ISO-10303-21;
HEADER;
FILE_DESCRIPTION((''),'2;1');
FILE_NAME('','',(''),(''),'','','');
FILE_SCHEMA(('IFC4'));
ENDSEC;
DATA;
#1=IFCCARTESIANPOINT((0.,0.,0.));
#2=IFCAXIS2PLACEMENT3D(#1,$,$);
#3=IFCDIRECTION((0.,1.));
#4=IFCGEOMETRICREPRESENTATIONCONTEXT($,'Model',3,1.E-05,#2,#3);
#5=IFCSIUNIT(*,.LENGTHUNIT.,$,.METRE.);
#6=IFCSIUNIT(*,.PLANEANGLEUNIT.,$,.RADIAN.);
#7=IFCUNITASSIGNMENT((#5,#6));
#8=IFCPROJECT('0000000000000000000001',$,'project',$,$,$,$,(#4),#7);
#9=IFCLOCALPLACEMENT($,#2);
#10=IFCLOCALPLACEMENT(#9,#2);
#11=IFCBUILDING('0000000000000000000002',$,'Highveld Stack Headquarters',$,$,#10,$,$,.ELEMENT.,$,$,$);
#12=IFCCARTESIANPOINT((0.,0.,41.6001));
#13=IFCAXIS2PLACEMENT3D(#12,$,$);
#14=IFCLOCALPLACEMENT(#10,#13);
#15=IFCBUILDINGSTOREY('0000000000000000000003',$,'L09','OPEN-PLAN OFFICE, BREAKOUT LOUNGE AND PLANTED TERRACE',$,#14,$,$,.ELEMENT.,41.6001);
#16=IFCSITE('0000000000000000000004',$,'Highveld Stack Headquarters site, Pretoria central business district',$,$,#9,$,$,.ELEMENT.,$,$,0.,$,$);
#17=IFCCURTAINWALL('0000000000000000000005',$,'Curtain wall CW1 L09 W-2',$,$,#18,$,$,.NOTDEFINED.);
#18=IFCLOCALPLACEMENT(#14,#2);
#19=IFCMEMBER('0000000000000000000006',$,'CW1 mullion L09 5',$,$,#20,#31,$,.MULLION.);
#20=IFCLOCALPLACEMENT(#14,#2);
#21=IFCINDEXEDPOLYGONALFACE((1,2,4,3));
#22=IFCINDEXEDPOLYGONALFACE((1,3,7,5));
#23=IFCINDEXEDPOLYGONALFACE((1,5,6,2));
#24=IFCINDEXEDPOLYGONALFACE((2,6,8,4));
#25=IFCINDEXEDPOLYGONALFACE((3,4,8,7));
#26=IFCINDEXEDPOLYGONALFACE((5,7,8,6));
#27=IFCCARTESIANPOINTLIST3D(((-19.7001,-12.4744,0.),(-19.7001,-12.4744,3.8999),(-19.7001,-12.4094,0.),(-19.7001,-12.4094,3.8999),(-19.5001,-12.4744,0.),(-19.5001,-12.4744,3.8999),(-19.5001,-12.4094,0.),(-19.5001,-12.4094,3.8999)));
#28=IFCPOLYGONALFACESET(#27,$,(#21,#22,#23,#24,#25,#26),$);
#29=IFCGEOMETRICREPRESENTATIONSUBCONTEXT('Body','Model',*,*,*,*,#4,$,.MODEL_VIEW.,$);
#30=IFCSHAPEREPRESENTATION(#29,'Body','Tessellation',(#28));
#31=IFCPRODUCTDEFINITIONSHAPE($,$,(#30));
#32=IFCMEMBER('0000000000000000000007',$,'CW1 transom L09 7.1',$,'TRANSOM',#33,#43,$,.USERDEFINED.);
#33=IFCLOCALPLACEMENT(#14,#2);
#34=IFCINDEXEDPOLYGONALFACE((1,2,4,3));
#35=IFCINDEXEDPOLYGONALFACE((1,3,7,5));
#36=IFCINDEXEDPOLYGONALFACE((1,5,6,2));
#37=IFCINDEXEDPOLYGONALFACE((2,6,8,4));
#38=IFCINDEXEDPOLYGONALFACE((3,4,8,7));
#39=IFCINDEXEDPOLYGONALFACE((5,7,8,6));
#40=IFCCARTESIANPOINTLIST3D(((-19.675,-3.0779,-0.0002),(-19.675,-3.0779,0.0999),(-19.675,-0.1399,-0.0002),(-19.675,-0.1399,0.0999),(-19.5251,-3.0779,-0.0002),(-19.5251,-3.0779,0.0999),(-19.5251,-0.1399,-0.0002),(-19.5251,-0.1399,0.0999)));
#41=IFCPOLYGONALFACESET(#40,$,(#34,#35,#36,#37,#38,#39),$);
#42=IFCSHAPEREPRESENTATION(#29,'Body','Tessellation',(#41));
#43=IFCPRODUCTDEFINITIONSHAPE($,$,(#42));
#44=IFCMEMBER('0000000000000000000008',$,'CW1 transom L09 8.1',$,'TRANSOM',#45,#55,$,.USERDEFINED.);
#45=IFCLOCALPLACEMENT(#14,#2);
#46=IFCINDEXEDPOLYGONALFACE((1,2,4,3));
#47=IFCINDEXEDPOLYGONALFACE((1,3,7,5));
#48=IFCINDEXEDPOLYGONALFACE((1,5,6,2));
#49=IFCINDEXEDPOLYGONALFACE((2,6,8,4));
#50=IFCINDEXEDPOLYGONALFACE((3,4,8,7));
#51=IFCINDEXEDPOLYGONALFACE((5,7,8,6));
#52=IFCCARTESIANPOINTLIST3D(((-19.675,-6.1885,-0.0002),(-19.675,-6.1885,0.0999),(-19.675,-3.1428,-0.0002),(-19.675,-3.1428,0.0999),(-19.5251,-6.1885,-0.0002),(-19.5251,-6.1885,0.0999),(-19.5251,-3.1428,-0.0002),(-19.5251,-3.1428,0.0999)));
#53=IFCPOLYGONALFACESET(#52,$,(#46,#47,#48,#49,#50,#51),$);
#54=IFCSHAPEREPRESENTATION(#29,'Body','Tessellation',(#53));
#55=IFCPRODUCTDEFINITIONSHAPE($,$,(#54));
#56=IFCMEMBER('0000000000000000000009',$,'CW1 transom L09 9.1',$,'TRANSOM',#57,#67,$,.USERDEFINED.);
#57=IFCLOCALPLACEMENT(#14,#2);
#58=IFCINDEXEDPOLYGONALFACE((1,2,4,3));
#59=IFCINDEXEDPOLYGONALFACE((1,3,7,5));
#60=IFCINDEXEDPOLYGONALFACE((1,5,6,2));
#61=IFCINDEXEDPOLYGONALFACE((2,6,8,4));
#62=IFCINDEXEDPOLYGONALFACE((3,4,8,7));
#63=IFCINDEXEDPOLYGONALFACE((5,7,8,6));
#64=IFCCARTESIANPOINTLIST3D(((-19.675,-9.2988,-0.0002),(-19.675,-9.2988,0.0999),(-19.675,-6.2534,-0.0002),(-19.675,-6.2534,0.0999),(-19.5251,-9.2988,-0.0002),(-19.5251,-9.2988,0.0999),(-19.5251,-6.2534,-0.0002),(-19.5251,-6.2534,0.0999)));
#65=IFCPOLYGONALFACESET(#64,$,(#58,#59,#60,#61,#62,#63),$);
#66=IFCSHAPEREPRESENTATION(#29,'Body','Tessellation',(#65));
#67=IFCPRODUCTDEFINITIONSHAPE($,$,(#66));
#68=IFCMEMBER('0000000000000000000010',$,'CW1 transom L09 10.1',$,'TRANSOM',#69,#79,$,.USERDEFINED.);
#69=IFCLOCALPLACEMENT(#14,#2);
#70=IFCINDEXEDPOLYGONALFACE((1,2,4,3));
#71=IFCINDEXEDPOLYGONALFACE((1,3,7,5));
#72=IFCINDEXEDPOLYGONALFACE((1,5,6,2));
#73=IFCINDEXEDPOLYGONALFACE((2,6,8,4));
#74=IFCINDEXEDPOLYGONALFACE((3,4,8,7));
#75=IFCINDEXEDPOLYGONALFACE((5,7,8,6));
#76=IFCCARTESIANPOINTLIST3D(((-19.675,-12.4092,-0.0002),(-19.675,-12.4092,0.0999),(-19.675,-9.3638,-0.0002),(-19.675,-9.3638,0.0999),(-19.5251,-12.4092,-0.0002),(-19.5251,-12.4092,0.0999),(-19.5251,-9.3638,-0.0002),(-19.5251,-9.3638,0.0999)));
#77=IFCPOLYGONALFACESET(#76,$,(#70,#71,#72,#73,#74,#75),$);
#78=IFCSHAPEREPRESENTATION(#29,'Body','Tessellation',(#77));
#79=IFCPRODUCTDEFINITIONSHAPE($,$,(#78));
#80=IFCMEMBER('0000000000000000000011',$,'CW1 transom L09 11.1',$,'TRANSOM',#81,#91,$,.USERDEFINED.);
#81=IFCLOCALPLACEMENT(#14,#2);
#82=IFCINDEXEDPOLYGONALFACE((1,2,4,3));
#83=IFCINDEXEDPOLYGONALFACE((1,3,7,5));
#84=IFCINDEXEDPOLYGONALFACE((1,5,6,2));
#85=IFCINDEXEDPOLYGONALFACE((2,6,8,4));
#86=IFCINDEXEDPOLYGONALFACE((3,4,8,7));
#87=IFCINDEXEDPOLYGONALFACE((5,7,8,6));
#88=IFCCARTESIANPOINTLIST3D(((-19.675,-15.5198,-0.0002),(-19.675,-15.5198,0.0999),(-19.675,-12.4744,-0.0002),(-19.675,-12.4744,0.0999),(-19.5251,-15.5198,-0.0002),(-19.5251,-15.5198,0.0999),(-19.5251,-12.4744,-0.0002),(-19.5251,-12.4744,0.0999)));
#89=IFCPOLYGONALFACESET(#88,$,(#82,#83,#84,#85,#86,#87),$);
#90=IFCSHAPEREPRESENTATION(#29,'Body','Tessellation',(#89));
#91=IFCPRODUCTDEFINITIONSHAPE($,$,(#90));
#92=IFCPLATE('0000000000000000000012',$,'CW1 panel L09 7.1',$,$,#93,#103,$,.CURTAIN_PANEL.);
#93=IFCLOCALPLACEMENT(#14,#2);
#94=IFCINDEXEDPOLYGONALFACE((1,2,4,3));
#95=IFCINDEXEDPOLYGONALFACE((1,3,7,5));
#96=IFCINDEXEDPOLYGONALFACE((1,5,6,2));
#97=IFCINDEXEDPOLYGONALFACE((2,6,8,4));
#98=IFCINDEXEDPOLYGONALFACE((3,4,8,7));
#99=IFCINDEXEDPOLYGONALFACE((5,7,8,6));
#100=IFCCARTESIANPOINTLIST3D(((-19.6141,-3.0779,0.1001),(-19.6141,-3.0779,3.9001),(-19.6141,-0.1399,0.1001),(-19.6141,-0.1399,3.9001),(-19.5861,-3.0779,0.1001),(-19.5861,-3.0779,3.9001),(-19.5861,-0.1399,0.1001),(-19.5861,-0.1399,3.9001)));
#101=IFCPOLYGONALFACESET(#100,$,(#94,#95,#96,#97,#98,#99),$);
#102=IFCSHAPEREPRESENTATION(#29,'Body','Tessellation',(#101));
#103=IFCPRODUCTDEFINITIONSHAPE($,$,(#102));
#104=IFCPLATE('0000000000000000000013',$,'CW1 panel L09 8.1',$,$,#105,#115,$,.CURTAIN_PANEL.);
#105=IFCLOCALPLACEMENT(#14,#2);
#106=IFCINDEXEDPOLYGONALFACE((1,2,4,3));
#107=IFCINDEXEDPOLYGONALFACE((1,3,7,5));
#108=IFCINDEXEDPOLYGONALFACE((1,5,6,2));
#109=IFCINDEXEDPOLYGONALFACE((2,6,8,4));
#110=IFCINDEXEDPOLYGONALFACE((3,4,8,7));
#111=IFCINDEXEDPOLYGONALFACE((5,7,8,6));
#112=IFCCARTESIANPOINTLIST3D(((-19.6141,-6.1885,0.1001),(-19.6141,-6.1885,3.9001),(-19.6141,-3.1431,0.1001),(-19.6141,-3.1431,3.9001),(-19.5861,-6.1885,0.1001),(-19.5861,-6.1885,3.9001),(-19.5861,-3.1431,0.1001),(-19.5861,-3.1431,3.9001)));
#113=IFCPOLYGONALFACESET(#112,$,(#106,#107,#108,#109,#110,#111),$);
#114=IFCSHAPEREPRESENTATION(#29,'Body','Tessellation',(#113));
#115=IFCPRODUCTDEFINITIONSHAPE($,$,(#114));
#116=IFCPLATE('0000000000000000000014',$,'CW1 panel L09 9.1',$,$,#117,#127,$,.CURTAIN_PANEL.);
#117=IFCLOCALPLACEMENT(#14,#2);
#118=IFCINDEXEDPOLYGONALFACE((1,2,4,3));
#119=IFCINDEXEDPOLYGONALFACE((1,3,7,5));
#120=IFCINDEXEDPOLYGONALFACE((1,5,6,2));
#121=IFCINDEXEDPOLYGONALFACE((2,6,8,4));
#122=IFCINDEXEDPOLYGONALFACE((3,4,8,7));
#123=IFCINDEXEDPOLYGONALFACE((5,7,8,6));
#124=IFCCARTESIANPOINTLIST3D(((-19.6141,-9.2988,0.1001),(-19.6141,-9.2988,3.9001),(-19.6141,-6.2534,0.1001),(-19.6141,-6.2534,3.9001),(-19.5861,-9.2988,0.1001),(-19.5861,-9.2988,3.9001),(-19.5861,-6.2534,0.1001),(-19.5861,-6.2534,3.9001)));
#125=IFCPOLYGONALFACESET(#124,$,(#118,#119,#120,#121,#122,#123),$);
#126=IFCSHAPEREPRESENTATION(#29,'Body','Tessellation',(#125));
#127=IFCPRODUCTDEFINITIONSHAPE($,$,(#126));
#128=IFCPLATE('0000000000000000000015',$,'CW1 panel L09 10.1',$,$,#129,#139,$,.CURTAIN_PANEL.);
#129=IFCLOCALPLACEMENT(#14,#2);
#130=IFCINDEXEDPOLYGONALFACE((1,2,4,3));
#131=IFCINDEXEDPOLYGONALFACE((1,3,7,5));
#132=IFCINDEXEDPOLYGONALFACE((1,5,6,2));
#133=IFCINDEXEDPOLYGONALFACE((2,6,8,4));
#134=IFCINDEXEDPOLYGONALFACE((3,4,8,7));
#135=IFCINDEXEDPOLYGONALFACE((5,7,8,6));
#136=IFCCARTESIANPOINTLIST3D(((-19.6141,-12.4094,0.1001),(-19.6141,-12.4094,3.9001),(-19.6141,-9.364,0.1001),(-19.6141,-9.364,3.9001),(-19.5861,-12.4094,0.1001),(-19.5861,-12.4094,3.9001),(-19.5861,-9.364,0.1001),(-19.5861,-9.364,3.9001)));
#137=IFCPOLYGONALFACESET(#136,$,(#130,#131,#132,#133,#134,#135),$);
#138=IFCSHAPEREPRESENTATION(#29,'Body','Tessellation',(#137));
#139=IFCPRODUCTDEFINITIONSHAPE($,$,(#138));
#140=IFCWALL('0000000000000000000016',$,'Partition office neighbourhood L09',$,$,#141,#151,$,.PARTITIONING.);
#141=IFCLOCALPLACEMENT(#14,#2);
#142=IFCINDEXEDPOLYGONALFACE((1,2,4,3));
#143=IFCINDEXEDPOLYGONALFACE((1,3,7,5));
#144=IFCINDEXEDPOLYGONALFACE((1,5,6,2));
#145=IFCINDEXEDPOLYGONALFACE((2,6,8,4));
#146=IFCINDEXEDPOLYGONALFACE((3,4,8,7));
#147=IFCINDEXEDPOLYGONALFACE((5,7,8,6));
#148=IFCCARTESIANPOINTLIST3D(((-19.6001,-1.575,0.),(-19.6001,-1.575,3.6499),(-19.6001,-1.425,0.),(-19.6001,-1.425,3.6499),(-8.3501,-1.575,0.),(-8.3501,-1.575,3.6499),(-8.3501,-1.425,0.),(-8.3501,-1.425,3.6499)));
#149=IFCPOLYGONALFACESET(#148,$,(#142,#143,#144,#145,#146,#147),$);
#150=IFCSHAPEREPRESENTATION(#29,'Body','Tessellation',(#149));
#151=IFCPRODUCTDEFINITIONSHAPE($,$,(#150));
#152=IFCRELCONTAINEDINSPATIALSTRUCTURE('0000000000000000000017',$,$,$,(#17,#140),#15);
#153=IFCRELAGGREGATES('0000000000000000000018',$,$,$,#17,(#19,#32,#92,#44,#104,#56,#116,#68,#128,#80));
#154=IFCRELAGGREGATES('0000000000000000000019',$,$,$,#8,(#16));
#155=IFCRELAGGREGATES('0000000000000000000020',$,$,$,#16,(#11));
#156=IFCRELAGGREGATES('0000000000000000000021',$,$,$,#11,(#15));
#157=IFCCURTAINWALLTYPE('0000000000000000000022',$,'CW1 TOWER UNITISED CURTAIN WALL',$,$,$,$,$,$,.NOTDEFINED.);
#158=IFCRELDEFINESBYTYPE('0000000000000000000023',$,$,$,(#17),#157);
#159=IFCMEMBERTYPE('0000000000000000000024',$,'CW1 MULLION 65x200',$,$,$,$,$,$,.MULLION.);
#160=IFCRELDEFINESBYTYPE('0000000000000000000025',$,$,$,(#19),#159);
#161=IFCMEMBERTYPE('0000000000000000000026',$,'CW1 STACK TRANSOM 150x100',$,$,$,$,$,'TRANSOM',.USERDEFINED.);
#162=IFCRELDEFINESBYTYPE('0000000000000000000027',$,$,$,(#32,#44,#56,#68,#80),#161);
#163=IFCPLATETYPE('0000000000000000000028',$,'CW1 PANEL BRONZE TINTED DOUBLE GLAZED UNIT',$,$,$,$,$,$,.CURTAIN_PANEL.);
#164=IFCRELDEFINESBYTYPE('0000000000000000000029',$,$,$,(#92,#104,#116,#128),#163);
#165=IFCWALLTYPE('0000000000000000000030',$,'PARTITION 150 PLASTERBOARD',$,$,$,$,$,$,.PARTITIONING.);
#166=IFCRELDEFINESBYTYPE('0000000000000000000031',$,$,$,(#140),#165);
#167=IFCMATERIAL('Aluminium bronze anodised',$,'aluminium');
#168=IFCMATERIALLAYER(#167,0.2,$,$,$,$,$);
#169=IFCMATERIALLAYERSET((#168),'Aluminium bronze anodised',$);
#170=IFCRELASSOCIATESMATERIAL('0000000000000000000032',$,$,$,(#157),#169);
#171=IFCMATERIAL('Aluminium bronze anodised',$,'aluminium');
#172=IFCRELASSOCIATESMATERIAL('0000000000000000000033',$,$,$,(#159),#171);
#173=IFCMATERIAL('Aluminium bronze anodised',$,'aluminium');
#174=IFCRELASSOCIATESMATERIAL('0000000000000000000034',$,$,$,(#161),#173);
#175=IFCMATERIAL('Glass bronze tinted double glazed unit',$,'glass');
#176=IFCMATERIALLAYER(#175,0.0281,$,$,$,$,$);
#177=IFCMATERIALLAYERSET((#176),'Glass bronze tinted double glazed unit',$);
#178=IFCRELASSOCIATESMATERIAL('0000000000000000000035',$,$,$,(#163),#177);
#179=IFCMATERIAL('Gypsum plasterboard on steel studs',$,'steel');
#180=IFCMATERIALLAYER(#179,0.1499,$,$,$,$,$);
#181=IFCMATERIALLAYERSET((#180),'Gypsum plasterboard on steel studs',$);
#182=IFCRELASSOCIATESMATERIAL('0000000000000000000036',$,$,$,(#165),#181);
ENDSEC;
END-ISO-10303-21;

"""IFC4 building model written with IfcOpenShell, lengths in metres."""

from ifc_helpers import new_model, si_unit, direction, frame, frame_2d, origin, origin_2d, place, context, subcontext, project, spatial, rectangle, extrude, material, layer, layer_set, material_profile, profile_set, type_object, element, aggregate, save


model = new_model("IFC4")

# Units and contexts
model_context = context("Model", 3, precision=1e-05, world=origin(), true_north=direction((0.0, 1.0)))
body_context = subcontext(model_context, "Body", "Model", "MODEL_VIEW")
ifc_project = project(units=[si_unit("LENGTHUNIT", "METRE"), si_unit("PLANEANGLEUNIT", "RADIAN")], contexts=[model_context])

# Site, building, storey
site_placement = place(None, origin())
site = spatial("IfcSite", under=ifc_project, at=site_placement, Name="Highveld Stack Headquarters site, Pretoria central business district", CompositionType="ELEMENT", RefElevation=0.0)
building_placement = place(site_placement, origin())
building = spatial("IfcBuilding", under=site, at=building_placement, Name="Highveld Stack Headquarters", CompositionType="ELEMENT")
storey_placement = place(building_placement, frame((0.0, 0.0, 41.6001)))
storey = spatial("IfcBuildingStorey", under=building, at=storey_placement, Name="L09", Description="OPEN-PLAN OFFICE, BREAKOUT LOUNGE AND PLANTED TERRACE", CompositionType="ELEMENT", Elevation=41.6001)

# Curtain wall, members, plates
ifc_material_1 = material(Name="Aluminium bronze anodised", Category="aluminium")
ifc_layer_1 = layer(ifc_material_1, 0.2)
ifc_layer_set_1 = layer_set([ifc_layer_1], Name="Aluminium bronze anodised")
curtain_wall_type = type_object("IfcCurtainWallType", Name="CW1 TOWER UNITISED CURTAIN WALL", PredefinedType="NOTDEFINED", material=ifc_layer_set_1)
curtain_wall_placement = place(storey_placement, origin())
curtain_wall = element("IfcCurtainWall", 1, at=curtain_wall_placement, inside=storey, type_object=curtain_wall_type, Name="Curtain wall CW1 L09 W-2", PredefinedType="NOTDEFINED")
ifc_material_2 = material(Name="Aluminium bronze anodised", Category="aluminium")
ifc_material_profile_1 = material_profile(ifc_material_2, rectangle(XDim=0.2, YDim=0.0649, at=origin_2d()), Name="CW1 MULLION 65x200")
ifc_profile_set_1 = profile_set([ifc_material_profile_1], Name="Aluminium bronze anodised")
member_type_1 = type_object("IfcMemberType", Name="CW1 MULLION 65x200", PredefinedType="MULLION", material=ifc_profile_set_1)
member_1_placement = place(storey_placement, frame((-19.6001, -12.4419, 0.0), z_axis=(0.0, 0.0, 1.0), x_axis=(1.0, 0.0, 0.0)))
member_1 = element("IfcMember", 2, at=member_1_placement, type_object=member_type_1, Name="CW1 mullion L09 5", PredefinedType="MULLION", context=body_context, shape_type="SweptSolid", body=[
    extrude(rectangle(XDim=0.2, YDim=0.0649, at=origin_2d()), origin(), (0.0, 0.0, 1.0), 3.8999),
])
ifc_material_3 = material(Name="Aluminium bronze anodised", Category="aluminium")
ifc_material_profile_2 = material_profile(ifc_material_3, rectangle(XDim=0.1499, YDim=0.1001, at=origin_2d()), Name="CW1 TRANSOM 150x100")
ifc_profile_set_2 = profile_set([ifc_material_profile_2], Name="Aluminium bronze anodised")
member_type_2 = type_object("IfcMemberType", Name="CW1 STACK TRANSOM 150x100", ElementType="TRANSOM", PredefinedType="USERDEFINED", material=ifc_profile_set_2)
member_2_placement = place(storey_placement, frame((-19.6001, -0.1399, 0.0498), z_axis=(0.0, -1.0, 0.0), x_axis=(1.0, 0.0, 0.0)))
member_2 = element("IfcMember", 3, at=member_2_placement, type_object=member_type_2, Name="CW1 transom L09 7.1", ObjectType="TRANSOM", PredefinedType="USERDEFINED", context=body_context, shape_type="SweptSolid", body=[
    extrude(rectangle(XDim=0.1499, YDim=0.1001, at=origin_2d()), origin(), (0.0, 0.0, 1.0), 2.938),
])
member_3_placement = place(storey_placement, frame((-19.6001, -3.1428, 0.0498), z_axis=(0.0, -1.0, 0.0), x_axis=(1.0, 0.0, 0.0)))
member_3 = element("IfcMember", 4, at=member_3_placement, type_object=member_type_2, Name="CW1 transom L09 8.1", ObjectType="TRANSOM", PredefinedType="USERDEFINED", context=body_context, shape_type="SweptSolid", body=[
    extrude(rectangle(XDim=0.1499, YDim=0.1001, at=origin_2d()), origin(), (0.0, 0.0, 1.0), 3.0457),
])
member_4_placement = place(storey_placement, frame((-19.6001, -6.2534, 0.0498), z_axis=(0.0, -1.0, 0.0), x_axis=(1.0, 0.0, 0.0)))
member_4 = element("IfcMember", 5, at=member_4_placement, type_object=member_type_2, Name="CW1 transom L09 9.1", ObjectType="TRANSOM", PredefinedType="USERDEFINED", context=body_context, shape_type="SweptSolid", body=[
    extrude(rectangle(XDim=0.1499, YDim=0.1001, at=origin_2d()), origin(), (0.0, 0.0, 1.0), 3.0454),
])
member_5_placement = place(storey_placement, frame((-19.6001, -9.3638, 0.0498), z_axis=(0.0, -1.0, 0.0), x_axis=(1.0, 0.0, 0.0)))
member_5 = element("IfcMember", 6, at=member_5_placement, type_object=member_type_2, Name="CW1 transom L09 10.1", ObjectType="TRANSOM", PredefinedType="USERDEFINED", context=body_context, shape_type="SweptSolid", body=[
    extrude(rectangle(XDim=0.1499, YDim=0.1001, at=origin_2d()), origin(), (0.0, 0.0, 1.0), 3.0454),
])
member_6_placement = place(storey_placement, frame((-19.6001, -12.4744, 0.0498), z_axis=(0.0, -1.0, 0.0), x_axis=(1.0, 0.0, 0.0)))
member_6 = element("IfcMember", 7, at=member_6_placement, type_object=member_type_2, Name="CW1 transom L09 11.1", ObjectType="TRANSOM", PredefinedType="USERDEFINED", context=body_context, shape_type="SweptSolid", body=[
    extrude(rectangle(XDim=0.1499, YDim=0.1001, at=origin_2d()), origin(), (0.0, 0.0, 1.0), 3.0454),
])
ifc_material_4 = material(Name="Glass bronze tinted double glazed unit", Category="glass")
ifc_layer_2 = layer(ifc_material_4, 0.0281)
ifc_layer_set_2 = layer_set([ifc_layer_2], Name="Glass bronze tinted double glazed unit")
plate_type = type_object("IfcPlateType", Name="CW1 PANEL BRONZE TINTED DOUBLE GLAZED UNIT", PredefinedType="CURTAIN_PANEL", material=ifc_layer_set_2)
plate_1_placement = place(storey_placement, frame((-19.6001, -1.6089, 0.1001), z_axis=(0.0, 0.0, 1.0), x_axis=(0.0, -1.0, 0.0)))
plate_1 = element("IfcPlate", 8, at=plate_1_placement, type_object=plate_type, Name="CW1 panel L09 7.1", PredefinedType="CURTAIN_PANEL", context=body_context, shape_type="SweptSolid", body=[
    extrude(rectangle(XDim=2.938, YDim=0.0281, at=origin_2d()), origin(), (0.0, 0.0, 1.0), 3.8),
])
plate_2_placement = place(storey_placement, frame((-19.6001, -4.6658, 0.1001), z_axis=(0.0, 0.0, 1.0), x_axis=(0.0, -1.0, 0.0)))
plate_2 = element("IfcPlate", 9, at=plate_2_placement, type_object=plate_type, Name="CW1 panel L09 8.1", PredefinedType="CURTAIN_PANEL", context=body_context, shape_type="SweptSolid", body=[
    extrude(rectangle(XDim=3.0454, YDim=0.0281, at=origin_2d()), origin(), (0.0, 0.0, 1.0), 3.8),
])
plate_3_placement = place(storey_placement, frame((-19.6001, -7.7761, 0.1001), z_axis=(0.0, 0.0, 1.0), x_axis=(0.0, -1.0, 0.0)))
plate_3 = element("IfcPlate", 10, at=plate_3_placement, type_object=plate_type, Name="CW1 panel L09 9.1", PredefinedType="CURTAIN_PANEL", context=body_context, shape_type="SweptSolid", body=[
    extrude(rectangle(XDim=3.0454, YDim=0.0281, at=origin_2d()), origin(), (0.0, 0.0, 1.0), 3.8),
])
plate_4_placement = place(storey_placement, frame((-19.6001, -10.8867, 0.1001), z_axis=(0.0, 0.0, 1.0), x_axis=(0.0, -1.0, 0.0)))
plate_4 = element("IfcPlate", 11, at=plate_4_placement, type_object=plate_type, Name="CW1 panel L09 10.1", PredefinedType="CURTAIN_PANEL", context=body_context, shape_type="SweptSolid", body=[
    extrude(rectangle(XDim=3.0454, YDim=0.0281, at=origin_2d()), origin(), (0.0, 0.0, 1.0), 3.8),
])
aggregate(curtain_wall, [member_1, member_2, plate_1, member_3, plate_2, member_4, plate_3, member_5, plate_4, member_6])

# Wall
ifc_material_5 = material(Name="Gypsum plasterboard on steel studs", Category="steel")
ifc_layer_3 = layer(ifc_material_5, 0.1499)
ifc_layer_set_3 = layer_set([ifc_layer_3], Name="Gypsum plasterboard on steel studs")
wall_type_1 = type_object("IfcWallType", Name="PARTITION 150 PLASTERBOARD", PredefinedType="PARTITIONING", material=ifc_layer_set_3)
wall_1_placement = place(storey_placement, frame((-19.6001, -1.5, 0.0), z_axis=(0.0, 0.0, 1.0), x_axis=(1.0, 0.0, 0.0)))
element("IfcWall", 12, at=wall_1_placement, inside=storey, type_object=wall_type_1, Name="Partition office neighbourhood L09", PredefinedType="PARTITIONING", context=body_context, shape_type="SweptSolid", body=[
    extrude(rectangle(XDim=11.25, YDim=0.1499, at=frame_2d((5.625, 0.0))), origin(), (0.0, 0.0, 1.0), 3.6499),
])

save(model, "model.ifc")
